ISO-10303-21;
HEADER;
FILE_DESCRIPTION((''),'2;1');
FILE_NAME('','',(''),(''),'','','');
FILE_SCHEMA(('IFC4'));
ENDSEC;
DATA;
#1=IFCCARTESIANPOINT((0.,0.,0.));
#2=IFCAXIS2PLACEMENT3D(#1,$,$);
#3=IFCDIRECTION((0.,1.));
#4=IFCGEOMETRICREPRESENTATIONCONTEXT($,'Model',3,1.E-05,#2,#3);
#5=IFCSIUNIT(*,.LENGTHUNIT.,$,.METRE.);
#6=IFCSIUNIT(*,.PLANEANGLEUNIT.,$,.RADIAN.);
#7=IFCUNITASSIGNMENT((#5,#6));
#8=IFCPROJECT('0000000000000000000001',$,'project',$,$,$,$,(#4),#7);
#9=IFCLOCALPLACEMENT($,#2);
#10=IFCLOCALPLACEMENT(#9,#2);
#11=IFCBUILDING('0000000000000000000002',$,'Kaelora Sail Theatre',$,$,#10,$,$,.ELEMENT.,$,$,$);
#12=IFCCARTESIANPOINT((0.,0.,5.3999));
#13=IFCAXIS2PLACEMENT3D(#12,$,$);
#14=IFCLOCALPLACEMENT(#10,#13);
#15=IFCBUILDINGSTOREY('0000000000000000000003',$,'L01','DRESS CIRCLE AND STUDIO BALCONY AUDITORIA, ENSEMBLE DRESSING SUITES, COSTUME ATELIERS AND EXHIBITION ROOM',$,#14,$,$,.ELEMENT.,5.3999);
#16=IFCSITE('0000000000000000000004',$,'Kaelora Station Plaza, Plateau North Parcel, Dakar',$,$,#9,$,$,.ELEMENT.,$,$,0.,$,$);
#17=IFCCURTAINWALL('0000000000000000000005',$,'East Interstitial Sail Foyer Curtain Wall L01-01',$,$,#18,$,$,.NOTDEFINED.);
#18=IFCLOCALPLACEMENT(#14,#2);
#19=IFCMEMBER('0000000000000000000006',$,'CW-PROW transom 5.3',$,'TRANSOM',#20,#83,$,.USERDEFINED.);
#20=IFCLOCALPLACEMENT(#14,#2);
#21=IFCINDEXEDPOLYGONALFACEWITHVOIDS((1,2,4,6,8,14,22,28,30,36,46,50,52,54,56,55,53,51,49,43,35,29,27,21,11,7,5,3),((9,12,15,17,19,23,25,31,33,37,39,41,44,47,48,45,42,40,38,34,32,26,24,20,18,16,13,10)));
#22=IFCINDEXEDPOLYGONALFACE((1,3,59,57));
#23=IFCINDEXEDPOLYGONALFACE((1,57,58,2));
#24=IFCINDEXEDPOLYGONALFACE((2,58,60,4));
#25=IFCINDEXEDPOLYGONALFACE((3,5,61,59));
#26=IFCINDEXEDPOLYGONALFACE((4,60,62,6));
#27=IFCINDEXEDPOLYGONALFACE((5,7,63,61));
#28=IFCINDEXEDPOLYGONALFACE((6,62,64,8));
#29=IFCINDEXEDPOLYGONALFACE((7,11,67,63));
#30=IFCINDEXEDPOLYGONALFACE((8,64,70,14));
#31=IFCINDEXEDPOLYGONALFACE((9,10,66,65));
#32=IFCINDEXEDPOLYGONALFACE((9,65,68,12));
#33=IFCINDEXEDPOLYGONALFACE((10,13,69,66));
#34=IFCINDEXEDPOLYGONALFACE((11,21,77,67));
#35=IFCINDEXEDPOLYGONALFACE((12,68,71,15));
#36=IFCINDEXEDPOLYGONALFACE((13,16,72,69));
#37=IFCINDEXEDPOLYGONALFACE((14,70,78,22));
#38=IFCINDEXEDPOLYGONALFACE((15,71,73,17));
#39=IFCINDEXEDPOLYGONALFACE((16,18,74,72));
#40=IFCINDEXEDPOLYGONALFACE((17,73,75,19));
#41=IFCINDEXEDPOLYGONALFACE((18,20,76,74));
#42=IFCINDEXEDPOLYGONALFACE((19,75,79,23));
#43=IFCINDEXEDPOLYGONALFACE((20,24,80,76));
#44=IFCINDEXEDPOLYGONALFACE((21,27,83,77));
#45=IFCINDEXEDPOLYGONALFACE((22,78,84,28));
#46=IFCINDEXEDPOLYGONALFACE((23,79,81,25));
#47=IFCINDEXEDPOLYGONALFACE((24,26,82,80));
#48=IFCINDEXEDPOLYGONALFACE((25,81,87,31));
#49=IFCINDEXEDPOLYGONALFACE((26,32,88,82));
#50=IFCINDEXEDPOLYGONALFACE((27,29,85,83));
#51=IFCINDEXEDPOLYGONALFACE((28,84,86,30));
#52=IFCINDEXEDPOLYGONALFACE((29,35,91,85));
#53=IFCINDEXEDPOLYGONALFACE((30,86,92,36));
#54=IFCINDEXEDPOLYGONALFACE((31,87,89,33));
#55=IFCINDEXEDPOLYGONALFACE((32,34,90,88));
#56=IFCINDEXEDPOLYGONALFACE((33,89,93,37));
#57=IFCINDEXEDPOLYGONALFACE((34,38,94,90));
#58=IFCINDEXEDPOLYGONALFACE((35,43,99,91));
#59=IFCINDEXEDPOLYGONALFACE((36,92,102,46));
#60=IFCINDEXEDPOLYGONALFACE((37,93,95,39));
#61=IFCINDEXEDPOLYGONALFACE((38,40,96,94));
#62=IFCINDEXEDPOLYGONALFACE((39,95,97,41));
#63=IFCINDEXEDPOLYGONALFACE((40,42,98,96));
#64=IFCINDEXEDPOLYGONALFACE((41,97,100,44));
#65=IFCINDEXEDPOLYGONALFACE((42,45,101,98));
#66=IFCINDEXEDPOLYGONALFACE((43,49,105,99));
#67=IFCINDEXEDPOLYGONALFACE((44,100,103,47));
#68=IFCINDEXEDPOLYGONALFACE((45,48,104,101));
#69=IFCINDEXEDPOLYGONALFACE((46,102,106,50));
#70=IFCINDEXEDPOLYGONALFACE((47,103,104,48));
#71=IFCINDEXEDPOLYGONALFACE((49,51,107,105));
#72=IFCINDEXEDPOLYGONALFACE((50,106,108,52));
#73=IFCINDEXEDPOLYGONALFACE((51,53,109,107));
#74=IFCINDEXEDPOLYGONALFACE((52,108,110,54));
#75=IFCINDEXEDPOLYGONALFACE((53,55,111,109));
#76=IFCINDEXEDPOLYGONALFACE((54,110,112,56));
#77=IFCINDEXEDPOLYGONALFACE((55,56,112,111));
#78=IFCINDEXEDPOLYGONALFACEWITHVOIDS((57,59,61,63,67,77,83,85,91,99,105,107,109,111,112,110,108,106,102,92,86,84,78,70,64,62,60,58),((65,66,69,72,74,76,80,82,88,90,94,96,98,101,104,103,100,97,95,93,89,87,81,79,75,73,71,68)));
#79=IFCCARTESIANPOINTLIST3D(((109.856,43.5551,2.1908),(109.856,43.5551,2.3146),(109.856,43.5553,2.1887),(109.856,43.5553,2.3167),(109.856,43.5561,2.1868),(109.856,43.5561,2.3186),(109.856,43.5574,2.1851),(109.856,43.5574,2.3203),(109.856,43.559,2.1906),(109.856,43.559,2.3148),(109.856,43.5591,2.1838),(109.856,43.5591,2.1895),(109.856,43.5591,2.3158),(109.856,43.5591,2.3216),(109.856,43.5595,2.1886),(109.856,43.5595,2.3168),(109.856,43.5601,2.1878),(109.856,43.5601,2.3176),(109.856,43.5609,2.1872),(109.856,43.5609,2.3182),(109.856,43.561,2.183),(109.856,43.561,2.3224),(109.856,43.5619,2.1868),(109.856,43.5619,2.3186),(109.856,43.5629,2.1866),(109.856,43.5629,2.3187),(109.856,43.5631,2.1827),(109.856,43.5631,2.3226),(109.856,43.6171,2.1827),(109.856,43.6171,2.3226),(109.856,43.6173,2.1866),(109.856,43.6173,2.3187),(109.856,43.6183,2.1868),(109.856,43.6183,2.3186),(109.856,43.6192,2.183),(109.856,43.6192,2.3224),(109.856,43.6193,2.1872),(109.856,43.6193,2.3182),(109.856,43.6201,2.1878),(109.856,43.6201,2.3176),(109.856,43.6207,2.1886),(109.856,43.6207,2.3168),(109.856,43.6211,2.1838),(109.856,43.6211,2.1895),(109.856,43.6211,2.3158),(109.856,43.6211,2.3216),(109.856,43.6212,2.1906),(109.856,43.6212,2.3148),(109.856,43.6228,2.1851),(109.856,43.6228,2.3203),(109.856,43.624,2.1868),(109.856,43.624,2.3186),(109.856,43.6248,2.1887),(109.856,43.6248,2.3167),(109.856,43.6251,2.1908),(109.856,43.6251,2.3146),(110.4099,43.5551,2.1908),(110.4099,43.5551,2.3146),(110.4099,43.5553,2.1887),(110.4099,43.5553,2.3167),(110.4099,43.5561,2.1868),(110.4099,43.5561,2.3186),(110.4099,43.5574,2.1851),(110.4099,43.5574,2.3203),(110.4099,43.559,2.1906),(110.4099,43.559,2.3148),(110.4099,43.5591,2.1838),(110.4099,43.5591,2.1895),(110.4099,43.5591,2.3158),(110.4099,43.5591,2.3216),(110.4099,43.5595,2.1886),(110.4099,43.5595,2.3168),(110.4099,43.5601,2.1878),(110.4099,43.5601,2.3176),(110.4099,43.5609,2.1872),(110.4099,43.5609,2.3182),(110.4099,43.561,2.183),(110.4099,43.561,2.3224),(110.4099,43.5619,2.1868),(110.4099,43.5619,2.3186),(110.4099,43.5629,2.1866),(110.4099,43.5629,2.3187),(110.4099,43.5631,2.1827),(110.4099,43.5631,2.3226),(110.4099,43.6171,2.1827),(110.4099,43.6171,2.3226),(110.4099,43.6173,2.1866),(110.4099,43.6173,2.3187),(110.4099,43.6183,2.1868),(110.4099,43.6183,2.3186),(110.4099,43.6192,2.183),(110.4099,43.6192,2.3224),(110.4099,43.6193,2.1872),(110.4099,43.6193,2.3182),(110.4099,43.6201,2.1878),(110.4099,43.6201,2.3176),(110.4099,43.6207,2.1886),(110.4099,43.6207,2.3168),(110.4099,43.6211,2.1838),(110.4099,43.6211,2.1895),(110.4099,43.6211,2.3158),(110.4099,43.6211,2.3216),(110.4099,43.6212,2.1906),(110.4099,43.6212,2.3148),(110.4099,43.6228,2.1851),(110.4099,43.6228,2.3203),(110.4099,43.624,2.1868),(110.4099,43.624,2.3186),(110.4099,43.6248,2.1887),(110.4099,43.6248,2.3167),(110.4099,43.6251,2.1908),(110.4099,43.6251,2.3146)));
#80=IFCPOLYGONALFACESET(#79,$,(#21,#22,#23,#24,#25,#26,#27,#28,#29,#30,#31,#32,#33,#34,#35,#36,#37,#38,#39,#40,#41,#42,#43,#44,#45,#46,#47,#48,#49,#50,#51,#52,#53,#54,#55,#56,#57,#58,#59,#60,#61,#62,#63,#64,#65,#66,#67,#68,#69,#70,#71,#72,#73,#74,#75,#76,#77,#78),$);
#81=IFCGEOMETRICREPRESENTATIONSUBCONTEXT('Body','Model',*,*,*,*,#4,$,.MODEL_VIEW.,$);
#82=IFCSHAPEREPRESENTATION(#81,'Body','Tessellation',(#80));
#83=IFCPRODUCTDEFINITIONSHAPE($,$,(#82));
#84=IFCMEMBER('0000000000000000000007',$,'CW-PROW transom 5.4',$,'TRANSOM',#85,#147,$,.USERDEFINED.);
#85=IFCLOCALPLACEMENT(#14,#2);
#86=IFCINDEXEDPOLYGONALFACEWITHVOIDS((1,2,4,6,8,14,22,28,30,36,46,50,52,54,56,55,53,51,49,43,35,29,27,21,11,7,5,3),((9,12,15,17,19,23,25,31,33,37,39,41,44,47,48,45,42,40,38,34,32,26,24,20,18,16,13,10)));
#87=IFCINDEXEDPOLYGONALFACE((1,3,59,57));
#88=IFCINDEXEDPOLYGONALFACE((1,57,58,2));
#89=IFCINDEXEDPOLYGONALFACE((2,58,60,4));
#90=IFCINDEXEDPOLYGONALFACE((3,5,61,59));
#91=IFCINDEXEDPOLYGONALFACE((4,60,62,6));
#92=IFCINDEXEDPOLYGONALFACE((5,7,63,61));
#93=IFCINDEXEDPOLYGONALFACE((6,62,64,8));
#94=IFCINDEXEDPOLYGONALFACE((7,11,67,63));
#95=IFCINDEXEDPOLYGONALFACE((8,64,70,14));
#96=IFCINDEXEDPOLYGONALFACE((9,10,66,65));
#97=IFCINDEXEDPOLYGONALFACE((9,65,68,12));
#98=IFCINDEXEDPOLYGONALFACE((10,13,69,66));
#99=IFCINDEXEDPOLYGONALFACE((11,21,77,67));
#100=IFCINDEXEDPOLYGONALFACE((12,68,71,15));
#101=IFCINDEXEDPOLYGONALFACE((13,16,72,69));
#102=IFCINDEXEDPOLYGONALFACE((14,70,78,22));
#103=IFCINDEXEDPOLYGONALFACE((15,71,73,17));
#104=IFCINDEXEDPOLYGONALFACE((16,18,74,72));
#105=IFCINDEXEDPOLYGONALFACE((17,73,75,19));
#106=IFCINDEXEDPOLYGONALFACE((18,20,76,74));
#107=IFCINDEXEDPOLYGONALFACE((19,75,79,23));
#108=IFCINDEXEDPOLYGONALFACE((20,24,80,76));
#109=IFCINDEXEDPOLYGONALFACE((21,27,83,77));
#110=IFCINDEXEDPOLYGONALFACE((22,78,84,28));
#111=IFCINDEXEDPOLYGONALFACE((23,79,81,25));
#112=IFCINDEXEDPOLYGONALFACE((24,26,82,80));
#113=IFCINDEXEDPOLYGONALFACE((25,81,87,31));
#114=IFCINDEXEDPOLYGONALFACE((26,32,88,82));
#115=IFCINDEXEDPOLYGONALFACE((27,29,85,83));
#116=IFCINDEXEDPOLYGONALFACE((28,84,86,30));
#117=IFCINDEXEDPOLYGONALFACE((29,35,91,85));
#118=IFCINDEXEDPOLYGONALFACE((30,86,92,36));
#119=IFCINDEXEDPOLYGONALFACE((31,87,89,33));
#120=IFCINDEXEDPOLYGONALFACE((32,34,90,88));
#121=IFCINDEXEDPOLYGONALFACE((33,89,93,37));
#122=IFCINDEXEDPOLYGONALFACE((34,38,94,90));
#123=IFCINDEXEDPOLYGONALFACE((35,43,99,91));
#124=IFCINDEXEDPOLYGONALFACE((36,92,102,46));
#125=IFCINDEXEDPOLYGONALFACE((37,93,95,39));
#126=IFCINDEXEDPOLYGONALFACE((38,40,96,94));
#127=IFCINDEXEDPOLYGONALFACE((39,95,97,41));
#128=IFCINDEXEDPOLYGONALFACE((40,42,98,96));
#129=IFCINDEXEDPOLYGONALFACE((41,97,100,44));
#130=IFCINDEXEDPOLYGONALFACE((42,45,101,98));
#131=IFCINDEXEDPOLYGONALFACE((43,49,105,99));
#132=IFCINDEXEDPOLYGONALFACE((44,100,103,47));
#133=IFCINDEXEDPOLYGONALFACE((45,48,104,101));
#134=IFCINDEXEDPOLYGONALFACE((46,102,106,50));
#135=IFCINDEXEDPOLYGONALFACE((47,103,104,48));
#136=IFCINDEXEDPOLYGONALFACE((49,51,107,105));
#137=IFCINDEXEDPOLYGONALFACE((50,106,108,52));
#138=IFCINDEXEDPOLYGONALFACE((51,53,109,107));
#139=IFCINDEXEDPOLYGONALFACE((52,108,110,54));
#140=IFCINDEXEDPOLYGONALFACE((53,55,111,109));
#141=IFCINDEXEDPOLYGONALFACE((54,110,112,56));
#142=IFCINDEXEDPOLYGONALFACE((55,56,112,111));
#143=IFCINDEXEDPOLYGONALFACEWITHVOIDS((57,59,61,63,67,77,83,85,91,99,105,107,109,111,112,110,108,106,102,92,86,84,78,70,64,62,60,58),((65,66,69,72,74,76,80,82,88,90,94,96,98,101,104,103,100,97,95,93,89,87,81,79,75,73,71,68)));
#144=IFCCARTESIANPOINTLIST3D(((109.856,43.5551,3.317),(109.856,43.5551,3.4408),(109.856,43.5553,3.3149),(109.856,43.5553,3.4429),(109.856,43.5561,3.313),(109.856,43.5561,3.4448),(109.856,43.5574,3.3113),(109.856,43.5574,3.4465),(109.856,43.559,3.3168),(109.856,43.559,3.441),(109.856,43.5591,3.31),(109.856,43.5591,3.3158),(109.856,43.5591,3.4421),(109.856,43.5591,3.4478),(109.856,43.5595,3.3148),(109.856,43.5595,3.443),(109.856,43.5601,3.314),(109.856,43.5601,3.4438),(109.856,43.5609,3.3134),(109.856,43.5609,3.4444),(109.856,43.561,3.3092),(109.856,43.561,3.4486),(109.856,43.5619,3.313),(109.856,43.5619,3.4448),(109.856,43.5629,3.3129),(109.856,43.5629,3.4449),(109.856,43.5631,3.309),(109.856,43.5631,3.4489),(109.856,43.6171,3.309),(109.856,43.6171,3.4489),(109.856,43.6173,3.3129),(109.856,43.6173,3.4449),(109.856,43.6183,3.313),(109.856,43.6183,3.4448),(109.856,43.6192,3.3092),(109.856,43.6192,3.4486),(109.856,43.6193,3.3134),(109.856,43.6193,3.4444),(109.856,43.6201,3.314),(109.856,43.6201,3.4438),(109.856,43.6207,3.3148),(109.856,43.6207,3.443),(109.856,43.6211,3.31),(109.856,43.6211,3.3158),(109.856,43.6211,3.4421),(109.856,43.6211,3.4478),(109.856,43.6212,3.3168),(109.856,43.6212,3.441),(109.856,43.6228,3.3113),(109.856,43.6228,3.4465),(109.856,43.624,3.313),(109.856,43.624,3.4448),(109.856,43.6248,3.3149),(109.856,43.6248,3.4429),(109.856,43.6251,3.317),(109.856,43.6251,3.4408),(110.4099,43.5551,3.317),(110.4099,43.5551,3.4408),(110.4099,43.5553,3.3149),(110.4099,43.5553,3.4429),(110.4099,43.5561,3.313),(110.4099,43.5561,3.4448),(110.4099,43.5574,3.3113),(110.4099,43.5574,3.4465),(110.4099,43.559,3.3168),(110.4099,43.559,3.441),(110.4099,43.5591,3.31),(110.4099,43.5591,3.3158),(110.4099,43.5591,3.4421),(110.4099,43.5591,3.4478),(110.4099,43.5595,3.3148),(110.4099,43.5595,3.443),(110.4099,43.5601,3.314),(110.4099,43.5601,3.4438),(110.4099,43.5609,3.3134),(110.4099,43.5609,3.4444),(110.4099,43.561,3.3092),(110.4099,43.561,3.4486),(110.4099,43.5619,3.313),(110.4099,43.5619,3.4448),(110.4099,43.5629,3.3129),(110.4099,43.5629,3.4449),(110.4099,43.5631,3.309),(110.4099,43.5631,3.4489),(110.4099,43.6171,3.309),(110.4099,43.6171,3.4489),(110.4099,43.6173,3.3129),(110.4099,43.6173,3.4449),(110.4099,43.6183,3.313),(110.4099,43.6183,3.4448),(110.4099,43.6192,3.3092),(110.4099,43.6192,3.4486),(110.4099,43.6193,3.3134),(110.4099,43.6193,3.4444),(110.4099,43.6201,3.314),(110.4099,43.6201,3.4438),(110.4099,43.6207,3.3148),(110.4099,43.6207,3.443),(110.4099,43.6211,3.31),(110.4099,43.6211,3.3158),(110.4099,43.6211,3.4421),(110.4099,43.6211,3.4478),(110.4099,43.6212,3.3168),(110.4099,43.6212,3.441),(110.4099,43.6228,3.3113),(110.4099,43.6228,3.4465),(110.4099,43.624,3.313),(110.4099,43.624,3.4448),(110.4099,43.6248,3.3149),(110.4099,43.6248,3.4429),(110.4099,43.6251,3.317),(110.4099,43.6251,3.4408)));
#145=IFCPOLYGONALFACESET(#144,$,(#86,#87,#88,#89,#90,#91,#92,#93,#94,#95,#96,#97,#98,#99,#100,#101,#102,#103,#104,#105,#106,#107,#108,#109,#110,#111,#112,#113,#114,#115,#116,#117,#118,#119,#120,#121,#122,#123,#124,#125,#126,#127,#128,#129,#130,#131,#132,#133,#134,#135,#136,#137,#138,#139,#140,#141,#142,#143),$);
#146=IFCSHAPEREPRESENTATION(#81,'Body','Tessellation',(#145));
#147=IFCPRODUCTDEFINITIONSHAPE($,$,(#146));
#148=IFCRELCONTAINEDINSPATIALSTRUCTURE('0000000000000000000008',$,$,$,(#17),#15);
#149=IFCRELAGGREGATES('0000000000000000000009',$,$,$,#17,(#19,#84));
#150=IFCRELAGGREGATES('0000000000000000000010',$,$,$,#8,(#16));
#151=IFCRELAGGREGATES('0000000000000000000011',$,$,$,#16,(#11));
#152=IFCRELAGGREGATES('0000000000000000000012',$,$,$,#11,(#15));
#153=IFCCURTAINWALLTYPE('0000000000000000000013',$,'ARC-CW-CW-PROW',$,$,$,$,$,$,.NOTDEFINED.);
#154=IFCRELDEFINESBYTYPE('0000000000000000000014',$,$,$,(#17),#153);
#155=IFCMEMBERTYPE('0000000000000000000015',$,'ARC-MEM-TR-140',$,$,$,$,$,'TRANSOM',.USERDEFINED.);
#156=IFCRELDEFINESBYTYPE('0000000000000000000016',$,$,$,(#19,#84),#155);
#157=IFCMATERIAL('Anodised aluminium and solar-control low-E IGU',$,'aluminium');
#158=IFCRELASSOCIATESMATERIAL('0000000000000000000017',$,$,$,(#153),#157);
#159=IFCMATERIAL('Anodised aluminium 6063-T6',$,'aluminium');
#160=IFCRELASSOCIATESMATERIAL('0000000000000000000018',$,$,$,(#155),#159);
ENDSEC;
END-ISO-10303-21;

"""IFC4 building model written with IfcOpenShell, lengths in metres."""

from ifc_helpers import new_model, si_unit, direction, frame, origin, origin_2d, place, context, subcontext, project, spatial, hollow_rectangle, extrude, material, material_profile, profile_set, type_object, element, aggregate, save


model = new_model("IFC4")

# Units and contexts
model_context = context("Model", 3, precision=1e-05, world=origin(), true_north=direction((0.0, 1.0)))
body_context = subcontext(model_context, "Body", "Model", "MODEL_VIEW")
ifc_project = project(units=[si_unit("LENGTHUNIT", "METRE"), si_unit("PLANEANGLEUNIT", "RADIAN")], contexts=[model_context])

# Site, building, storey
site_placement = place(None, origin())
site = spatial("IfcSite", under=ifc_project, at=site_placement, Name="Kaelora Station Plaza, Plateau North Parcel, Dakar", CompositionType="ELEMENT", RefElevation=0.0)
building_placement = place(site_placement, origin())
building = spatial("IfcBuilding", under=site, at=building_placement, Name="Kaelora Sail Theatre", CompositionType="ELEMENT")
storey_placement = place(building_placement, frame((0.0, 0.0, 5.3999)))
storey = spatial("IfcBuildingStorey", under=building, at=storey_placement, Name="L01", Description="DRESS CIRCLE AND STUDIO BALCONY AUDITORIA, ENSEMBLE DRESSING SUITES, COSTUME ATELIERS AND EXHIBITION ROOM", CompositionType="ELEMENT", Elevation=5.3999)

# Curtain wall, members
ifc_material_1 = material(Name="Anodised aluminium and solar-control low-E IGU", Category="aluminium")
curtain_wall_type = type_object("IfcCurtainWallType", Name="ARC-CW-CW-PROW", PredefinedType="NOTDEFINED", material=ifc_material_1)
curtain_wall_placement = place(storey_placement, origin())
curtain_wall = element("IfcCurtainWall", 1, at=curtain_wall_placement, inside=storey, type_object=curtain_wall_type, Name="East Interstitial Sail Foyer Curtain Wall L01-01", PredefinedType="NOTDEFINED")
ifc_material_2 = material(Name="Anodised aluminium 6063-T6", Category="aluminium")
ifc_material_profile = material_profile(ifc_material_2, hollow_rectangle(XDim=0.0701, YDim=0.1399, WallThickness=0.0039, InnerFilletRadius=0.0039, OuterFilletRadius=0.0081, at=origin_2d()), Name="ALU-TRAN 70x140x4")
ifc_profile_set = profile_set([ifc_material_profile], Name="Anodised aluminium 6063-T6")
member_type = type_object("IfcMemberType", Name="ARC-MEM-TR-140", ElementType="TRANSOM", PredefinedType="USERDEFINED", material=ifc_profile_set)
member_1_placement = place(storey_placement, frame((109.856, 43.5901, 2.2527), z_axis=(1.0, 0.0, 0.0), x_axis=(0.0, 1.0, 0.0)))
member_1 = element("IfcMember", 2, at=member_1_placement, type_object=member_type, Name="CW-PROW transom 5.3", ObjectType="TRANSOM", PredefinedType="USERDEFINED", context=body_context, shape_type="SweptSolid", body=[
    extrude(hollow_rectangle(XDim=0.0701, YDim=0.1399, WallThickness=0.0039, InnerFilletRadius=0.0039, OuterFilletRadius=0.0081, at=origin_2d()), origin(), (0.0, 0.0, 1.0), 0.554),
])
member_2_placement = place(storey_placement, frame((109.856, 43.5901, 3.3789), z_axis=(1.0, 0.0, 0.0), x_axis=(0.0, 1.0, 0.0)))
member_2 = element("IfcMember", 3, at=member_2_placement, type_object=member_type, Name="CW-PROW transom 5.4", ObjectType="TRANSOM", PredefinedType="USERDEFINED", context=body_context, shape_type="SweptSolid", body=[
    extrude(hollow_rectangle(XDim=0.0701, YDim=0.1399, WallThickness=0.0039, InnerFilletRadius=0.0039, OuterFilletRadius=0.0081, at=origin_2d()), origin(), (0.0, 0.0, 1.0), 0.554),
])
aggregate(curtain_wall, [member_1, member_2])

save(model, "model.ifc")
